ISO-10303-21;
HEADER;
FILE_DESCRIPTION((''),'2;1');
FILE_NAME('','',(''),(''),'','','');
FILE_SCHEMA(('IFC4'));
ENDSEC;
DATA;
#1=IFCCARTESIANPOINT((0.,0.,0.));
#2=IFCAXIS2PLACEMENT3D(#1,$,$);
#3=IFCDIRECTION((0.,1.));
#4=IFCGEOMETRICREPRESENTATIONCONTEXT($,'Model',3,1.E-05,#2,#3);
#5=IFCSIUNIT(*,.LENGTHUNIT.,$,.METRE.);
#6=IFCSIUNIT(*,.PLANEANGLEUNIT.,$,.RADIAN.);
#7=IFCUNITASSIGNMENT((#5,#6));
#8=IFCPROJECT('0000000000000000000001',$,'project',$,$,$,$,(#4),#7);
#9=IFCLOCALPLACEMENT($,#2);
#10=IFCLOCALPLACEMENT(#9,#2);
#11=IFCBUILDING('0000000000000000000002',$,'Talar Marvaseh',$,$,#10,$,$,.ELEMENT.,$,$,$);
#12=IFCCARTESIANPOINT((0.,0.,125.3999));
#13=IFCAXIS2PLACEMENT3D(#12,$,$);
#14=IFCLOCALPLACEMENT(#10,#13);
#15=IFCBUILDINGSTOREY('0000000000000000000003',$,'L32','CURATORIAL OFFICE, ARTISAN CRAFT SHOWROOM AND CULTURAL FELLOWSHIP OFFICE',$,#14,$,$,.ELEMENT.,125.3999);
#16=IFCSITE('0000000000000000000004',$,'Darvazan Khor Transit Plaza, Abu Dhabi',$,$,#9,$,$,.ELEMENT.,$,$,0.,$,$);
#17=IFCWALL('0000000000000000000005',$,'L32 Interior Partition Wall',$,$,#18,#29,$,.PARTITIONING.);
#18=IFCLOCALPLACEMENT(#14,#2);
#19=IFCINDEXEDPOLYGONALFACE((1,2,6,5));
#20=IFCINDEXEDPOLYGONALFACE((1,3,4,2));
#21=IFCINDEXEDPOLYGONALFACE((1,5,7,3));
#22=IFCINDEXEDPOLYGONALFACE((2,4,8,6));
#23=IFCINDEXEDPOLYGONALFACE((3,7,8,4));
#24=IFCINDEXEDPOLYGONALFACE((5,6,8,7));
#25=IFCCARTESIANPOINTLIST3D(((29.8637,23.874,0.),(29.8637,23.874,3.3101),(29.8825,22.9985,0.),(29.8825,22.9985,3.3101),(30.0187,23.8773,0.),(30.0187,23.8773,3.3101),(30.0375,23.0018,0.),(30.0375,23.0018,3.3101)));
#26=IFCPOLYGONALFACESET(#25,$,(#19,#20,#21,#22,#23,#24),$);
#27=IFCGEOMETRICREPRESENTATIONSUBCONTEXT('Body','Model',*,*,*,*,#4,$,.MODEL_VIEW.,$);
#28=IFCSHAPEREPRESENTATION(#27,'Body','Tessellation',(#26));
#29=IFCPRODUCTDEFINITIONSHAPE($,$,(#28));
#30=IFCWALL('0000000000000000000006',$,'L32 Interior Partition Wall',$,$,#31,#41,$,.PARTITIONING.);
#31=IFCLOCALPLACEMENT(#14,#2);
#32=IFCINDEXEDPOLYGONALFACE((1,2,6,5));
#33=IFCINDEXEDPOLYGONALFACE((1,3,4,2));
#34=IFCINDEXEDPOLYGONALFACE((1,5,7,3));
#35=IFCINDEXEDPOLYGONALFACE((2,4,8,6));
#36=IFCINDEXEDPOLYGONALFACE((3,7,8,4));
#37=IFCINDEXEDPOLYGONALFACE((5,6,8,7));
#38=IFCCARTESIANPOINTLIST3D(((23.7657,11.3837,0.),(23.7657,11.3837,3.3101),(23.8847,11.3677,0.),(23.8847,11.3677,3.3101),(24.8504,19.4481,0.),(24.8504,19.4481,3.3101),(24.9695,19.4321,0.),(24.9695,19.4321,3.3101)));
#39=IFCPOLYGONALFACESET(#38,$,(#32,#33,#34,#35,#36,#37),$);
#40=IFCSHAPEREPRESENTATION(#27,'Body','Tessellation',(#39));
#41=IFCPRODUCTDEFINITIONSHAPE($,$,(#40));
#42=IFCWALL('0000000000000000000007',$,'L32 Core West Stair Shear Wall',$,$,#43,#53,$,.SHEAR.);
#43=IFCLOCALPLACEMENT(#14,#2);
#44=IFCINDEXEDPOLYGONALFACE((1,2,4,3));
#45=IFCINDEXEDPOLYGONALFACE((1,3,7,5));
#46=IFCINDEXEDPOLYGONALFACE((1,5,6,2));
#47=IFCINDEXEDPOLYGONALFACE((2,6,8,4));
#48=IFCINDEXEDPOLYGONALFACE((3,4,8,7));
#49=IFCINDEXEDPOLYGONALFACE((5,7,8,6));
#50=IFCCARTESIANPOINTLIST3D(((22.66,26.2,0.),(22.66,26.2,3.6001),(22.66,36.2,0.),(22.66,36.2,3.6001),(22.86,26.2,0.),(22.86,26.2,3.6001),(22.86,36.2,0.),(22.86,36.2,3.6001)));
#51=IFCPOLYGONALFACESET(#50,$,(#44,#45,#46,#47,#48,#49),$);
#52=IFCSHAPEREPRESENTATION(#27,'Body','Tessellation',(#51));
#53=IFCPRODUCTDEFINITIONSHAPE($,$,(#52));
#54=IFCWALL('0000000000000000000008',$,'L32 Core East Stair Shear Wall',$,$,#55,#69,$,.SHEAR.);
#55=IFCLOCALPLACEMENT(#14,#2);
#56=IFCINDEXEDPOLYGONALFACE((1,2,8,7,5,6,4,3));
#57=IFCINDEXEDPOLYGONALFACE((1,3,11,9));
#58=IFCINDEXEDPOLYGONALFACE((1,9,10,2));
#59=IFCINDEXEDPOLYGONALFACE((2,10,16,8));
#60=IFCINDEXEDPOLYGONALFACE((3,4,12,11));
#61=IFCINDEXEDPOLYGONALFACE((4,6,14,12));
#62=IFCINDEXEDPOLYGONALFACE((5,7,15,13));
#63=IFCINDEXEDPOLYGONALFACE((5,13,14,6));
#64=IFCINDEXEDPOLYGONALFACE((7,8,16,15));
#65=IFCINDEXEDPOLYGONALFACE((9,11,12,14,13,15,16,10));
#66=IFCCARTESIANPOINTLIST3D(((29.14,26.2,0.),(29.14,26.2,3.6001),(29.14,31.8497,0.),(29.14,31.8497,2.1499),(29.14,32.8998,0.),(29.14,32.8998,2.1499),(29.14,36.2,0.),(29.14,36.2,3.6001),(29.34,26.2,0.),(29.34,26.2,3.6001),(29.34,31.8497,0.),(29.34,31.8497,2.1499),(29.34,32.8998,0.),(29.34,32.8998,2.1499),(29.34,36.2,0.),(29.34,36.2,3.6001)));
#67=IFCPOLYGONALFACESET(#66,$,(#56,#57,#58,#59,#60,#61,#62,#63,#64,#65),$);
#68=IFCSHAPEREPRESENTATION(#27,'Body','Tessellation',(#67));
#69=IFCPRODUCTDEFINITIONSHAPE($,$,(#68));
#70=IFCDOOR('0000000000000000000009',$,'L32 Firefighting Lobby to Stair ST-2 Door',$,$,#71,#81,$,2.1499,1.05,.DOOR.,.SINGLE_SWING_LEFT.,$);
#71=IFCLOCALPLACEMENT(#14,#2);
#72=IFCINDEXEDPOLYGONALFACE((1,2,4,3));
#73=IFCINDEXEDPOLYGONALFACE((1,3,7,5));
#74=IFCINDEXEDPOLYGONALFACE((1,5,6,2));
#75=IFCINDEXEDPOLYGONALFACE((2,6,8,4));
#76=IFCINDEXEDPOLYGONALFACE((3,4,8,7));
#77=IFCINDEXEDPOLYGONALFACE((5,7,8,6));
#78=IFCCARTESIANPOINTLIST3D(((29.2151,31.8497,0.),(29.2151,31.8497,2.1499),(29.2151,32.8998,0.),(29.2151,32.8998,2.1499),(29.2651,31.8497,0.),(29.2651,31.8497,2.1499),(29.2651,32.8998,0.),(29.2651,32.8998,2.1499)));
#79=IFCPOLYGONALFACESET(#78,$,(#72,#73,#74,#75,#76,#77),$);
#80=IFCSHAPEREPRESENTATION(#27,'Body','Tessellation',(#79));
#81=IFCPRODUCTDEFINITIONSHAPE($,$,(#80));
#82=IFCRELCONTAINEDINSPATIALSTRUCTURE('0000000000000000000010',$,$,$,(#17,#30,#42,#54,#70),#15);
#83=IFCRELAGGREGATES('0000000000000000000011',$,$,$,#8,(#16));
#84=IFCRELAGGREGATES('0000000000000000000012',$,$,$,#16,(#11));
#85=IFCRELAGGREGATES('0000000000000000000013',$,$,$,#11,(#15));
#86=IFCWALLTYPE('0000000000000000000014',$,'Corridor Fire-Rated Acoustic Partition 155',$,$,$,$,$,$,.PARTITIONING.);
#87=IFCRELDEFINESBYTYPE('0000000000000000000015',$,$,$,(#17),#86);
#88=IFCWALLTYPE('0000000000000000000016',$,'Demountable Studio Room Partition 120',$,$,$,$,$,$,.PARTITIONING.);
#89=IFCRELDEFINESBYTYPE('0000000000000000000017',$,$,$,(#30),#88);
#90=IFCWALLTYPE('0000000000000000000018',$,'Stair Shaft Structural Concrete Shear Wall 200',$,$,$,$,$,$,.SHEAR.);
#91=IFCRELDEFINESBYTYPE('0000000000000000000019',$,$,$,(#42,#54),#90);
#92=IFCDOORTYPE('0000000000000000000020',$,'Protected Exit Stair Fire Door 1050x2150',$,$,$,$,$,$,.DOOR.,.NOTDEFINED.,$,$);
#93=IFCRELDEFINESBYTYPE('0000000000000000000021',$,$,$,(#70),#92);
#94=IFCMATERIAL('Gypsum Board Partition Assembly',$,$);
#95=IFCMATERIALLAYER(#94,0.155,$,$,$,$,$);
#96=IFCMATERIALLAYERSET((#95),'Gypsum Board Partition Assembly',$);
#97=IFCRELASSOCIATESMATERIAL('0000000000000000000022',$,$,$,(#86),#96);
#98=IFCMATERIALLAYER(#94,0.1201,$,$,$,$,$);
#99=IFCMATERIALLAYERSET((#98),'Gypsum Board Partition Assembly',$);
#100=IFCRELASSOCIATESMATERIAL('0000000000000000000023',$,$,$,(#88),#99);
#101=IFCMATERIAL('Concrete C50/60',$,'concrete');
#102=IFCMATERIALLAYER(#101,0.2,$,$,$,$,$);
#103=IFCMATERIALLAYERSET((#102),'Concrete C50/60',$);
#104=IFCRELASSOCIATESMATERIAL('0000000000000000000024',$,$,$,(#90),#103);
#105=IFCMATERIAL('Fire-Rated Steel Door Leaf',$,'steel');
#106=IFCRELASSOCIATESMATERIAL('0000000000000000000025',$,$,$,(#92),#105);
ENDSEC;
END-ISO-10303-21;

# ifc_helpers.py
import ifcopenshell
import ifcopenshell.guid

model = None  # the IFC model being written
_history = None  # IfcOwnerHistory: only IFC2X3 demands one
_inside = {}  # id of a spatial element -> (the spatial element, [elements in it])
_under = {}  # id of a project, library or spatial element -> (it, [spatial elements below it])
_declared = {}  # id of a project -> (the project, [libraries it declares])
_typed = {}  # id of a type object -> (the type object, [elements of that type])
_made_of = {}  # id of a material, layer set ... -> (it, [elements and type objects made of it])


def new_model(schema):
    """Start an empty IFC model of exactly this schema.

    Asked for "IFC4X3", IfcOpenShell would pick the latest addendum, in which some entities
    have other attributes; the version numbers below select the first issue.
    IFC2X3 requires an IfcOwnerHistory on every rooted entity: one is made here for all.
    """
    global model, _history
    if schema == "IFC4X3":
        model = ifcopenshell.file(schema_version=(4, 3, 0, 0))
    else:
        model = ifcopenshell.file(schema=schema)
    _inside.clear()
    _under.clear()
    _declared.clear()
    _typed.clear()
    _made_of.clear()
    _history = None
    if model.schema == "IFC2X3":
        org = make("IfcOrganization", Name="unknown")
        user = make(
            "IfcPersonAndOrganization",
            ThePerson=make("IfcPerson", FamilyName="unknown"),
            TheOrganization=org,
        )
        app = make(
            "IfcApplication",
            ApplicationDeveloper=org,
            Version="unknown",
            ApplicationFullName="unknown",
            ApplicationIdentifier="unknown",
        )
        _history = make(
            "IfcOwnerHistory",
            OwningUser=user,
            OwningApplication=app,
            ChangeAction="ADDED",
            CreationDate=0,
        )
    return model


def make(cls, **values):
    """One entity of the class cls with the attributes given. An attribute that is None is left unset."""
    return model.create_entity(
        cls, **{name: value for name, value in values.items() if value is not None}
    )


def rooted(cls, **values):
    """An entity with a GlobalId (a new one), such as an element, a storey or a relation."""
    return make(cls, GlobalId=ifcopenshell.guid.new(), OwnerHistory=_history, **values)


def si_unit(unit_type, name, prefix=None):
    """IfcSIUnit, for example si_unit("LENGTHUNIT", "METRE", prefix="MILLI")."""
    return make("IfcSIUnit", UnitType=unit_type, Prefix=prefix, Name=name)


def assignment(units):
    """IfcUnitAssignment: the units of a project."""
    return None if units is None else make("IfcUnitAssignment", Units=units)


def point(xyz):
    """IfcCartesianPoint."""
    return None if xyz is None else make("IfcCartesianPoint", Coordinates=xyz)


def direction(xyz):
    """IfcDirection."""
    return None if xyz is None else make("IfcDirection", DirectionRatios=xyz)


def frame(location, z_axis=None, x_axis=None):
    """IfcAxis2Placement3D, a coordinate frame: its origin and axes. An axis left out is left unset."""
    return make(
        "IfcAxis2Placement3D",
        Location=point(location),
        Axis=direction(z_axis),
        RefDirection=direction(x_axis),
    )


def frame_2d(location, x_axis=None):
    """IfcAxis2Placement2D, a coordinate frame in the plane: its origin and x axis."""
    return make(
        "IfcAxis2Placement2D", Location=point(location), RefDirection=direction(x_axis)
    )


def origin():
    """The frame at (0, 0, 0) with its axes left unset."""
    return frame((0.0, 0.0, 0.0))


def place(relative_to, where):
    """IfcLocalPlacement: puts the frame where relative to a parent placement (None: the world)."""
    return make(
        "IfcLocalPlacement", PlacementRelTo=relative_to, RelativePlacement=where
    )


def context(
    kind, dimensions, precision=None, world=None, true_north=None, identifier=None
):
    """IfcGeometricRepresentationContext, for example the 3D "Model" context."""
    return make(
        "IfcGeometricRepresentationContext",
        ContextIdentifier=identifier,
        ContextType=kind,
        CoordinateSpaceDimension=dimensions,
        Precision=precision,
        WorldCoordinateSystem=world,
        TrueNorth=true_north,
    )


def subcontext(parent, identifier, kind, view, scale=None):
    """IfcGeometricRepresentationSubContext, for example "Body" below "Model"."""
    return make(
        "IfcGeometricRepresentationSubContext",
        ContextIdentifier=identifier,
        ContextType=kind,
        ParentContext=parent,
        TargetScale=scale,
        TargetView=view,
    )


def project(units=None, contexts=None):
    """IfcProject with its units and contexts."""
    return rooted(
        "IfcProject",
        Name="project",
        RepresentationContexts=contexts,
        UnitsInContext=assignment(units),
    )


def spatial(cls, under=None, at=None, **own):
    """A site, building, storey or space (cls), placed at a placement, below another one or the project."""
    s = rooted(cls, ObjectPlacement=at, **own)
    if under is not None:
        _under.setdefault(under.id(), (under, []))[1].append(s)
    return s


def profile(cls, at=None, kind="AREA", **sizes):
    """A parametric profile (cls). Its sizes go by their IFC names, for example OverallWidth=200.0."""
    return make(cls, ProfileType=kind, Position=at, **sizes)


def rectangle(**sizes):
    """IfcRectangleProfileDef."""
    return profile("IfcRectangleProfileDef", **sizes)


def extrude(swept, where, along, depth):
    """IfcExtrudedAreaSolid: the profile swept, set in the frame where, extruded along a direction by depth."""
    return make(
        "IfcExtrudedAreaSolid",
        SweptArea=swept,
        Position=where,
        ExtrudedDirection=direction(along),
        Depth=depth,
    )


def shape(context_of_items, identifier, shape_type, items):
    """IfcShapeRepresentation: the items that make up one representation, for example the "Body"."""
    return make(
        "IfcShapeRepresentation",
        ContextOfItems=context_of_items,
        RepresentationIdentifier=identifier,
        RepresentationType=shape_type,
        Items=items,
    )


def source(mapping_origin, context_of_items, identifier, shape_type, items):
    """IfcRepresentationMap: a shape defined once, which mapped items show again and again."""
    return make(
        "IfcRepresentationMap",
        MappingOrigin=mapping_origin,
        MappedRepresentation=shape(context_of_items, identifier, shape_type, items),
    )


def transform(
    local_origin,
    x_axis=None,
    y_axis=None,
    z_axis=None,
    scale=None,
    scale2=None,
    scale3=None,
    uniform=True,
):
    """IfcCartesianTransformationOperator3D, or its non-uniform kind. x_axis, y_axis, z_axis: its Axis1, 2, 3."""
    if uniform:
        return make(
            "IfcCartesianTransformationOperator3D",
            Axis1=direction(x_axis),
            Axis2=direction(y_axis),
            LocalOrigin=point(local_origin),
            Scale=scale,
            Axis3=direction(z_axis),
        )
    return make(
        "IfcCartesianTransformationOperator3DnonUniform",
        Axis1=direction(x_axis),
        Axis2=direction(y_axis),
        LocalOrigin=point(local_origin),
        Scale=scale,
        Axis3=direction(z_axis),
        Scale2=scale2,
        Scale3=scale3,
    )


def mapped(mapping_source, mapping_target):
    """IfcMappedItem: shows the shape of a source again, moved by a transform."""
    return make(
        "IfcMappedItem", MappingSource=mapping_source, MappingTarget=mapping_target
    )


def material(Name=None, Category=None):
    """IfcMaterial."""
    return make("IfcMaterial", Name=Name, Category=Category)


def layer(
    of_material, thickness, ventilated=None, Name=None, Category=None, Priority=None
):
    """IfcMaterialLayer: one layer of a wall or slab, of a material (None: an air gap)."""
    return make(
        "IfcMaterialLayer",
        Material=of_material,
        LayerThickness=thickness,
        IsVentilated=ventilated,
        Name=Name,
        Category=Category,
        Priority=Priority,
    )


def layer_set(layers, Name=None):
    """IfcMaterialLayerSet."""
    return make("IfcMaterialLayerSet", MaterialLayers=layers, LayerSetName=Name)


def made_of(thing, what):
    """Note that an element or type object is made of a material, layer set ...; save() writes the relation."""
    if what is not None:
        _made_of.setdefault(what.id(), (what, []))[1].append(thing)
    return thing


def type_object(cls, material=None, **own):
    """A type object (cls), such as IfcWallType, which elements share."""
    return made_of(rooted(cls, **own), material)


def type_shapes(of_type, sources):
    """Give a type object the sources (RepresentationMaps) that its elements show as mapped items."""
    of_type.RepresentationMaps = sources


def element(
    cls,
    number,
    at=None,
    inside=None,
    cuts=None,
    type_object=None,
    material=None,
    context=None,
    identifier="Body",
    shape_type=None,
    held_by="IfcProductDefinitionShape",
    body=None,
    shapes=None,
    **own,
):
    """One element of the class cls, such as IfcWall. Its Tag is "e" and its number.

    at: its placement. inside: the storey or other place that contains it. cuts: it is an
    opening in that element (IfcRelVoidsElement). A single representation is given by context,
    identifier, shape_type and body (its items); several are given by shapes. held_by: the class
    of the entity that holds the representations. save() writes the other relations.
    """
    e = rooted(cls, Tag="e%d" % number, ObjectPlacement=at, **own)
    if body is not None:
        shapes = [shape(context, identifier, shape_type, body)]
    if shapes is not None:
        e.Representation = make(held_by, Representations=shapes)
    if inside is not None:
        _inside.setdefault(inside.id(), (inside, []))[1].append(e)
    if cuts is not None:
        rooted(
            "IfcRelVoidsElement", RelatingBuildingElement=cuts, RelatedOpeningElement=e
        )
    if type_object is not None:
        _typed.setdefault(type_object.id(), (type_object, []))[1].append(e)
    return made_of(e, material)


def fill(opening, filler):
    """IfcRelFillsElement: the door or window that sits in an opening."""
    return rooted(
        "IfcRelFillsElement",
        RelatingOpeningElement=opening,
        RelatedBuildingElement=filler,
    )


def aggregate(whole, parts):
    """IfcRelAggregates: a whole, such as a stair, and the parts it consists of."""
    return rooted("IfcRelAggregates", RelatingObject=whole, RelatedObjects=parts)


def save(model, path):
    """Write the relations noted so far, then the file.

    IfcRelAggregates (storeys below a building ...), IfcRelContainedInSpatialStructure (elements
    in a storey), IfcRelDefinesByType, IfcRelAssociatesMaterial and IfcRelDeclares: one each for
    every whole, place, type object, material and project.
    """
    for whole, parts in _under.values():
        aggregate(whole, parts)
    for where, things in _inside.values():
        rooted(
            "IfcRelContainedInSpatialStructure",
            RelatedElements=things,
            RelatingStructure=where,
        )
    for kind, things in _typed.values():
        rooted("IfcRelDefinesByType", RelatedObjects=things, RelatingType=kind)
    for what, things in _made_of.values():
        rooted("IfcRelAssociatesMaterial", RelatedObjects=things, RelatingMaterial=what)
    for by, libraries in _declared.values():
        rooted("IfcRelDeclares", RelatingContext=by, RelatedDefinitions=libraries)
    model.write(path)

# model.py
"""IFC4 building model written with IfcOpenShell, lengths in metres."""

from ifc_helpers import new_model, si_unit, direction, frame, frame_2d, origin, place, context, subcontext, project, spatial, rectangle, extrude, source, transform, mapped, material, layer, layer_set, type_object, type_shapes, element, fill, save


model = new_model("IFC4")

# Units and contexts
model_context = context("Model", 3, precision=1e-05, world=origin(), true_north=direction((0.0, 1.0)))
body_context = subcontext(model_context, "Body", "Model", "MODEL_VIEW")
ifc_project = project(units=[si_unit("LENGTHUNIT", "METRE"), si_unit("PLANEANGLEUNIT", "RADIAN")], contexts=[model_context])

# Site, building, storey
site_placement = place(None, origin())
site = spatial("IfcSite", under=ifc_project, at=site_placement, Name="Darvazan Khor Transit Plaza, Abu Dhabi", CompositionType="ELEMENT", RefElevation=0.0)
building_placement = place(site_placement, origin())
building = spatial("IfcBuilding", under=site, at=building_placement, Name="Talar Marvaseh", CompositionType="ELEMENT")
storey_placement = place(building_placement, frame((0.0, 0.0, 125.3999)))
storey = spatial("IfcBuildingStorey", under=building, at=storey_placement, Name="L32", Description="CURATORIAL OFFICE, ARTISAN CRAFT SHOWROOM AND CULTURAL FELLOWSHIP OFFICE", CompositionType="ELEMENT", Elevation=125.3999)

# Shared definitions
ifc_material_1 = material(Name="Gypsum Board Partition Assembly")
ifc_layer_1 = layer(ifc_material_1, 0.155)
ifc_layer_set_1 = layer_set([ifc_layer_1], Name="Gypsum Board Partition Assembly")
wall_type_1 = type_object("IfcWallType", Name="Corridor Fire-Rated Acoustic Partition 155", PredefinedType="PARTITIONING", material=ifc_layer_set_1)
ifc_material_2 = material(Name="Fire-Rated Steel Door Leaf", Category="steel")

# Walls
wall_1_placement = place(storey_placement, frame((29.96, 23.0, 0.0), z_axis=(0.0, 0.0, 1.0), x_axis=(-0.021467, 0.99977, 0.0)))
element("IfcWall", 1, at=wall_1_placement, inside=storey, type_object=wall_type_1, Name="L32 Interior Partition Wall", PredefinedType="PARTITIONING", context=body_context, shape_type="SweptSolid", body=[
    extrude(rectangle(XDim=0.8757, YDim=0.155, at=frame_2d((0.438, 0.0))), origin(), (0.0, 0.0, 1.0), 3.3101),
])
ifc_layer_2 = layer(ifc_material_1, 0.1201)
ifc_layer_set_2 = layer_set([ifc_layer_2], Name="Gypsum Board Partition Assembly")
wall_type_2 = type_object("IfcWallType", Name="Demountable Studio Room Partition 120", PredefinedType="PARTITIONING", material=ifc_layer_set_2)
wall_2_placement = place(storey_placement, frame((24.9099, 19.4399, 0.0), z_axis=(0.0, 0.0, 1.0), x_axis=(-0.133305, -0.991075, 0.0)))
element("IfcWall", 2, at=wall_2_placement, inside=storey, type_object=wall_type_2, Name="L32 Interior Partition Wall", PredefinedType="PARTITIONING", context=body_context, shape_type="SweptSolid", body=[
    extrude(rectangle(XDim=8.137, YDim=0.1201, at=frame_2d((4.0684, 0.0))), origin(), (0.0, 0.0, 1.0), 3.3101),
])
ifc_material_3 = material(Name="Concrete C50/60", Category="concrete")
ifc_layer_3 = layer(ifc_material_3, 0.2)
ifc_layer_set_3 = layer_set([ifc_layer_3], Name="Concrete C50/60")
wall_type_3 = type_object("IfcWallType", Name="Stair Shaft Structural Concrete Shear Wall 200", PredefinedType="SHEAR", material=ifc_layer_set_3)
wall_3_placement = place(storey_placement, frame((22.76, 26.2, 0.0), z_axis=(0.0, 0.0, 1.0), x_axis=(0.0, 1.0, 0.0)))
element("IfcWall", 3, at=wall_3_placement, inside=storey, type_object=wall_type_3, Name="L32 Core West Stair Shear Wall", PredefinedType="SHEAR", context=body_context, shape_type="SweptSolid", body=[
    extrude(rectangle(XDim=10.0, YDim=0.2, at=frame_2d((5.0, 0.0))), origin(), (0.0, 0.0, 1.0), 3.6001),
])

# Wall, opening, door
wall_4_placement = place(storey_placement, frame((29.24, 26.2, 0.0), z_axis=(0.0, 0.0, 1.0), x_axis=(0.0, 1.0, 0.0)))
wall_4 = element("IfcWall", 4, at=wall_4_placement, inside=storey, type_object=wall_type_3, Name="L32 Core East Stair Shear Wall", PredefinedType="SHEAR", context=body_context, shape_type="SweptSolid", body=[
    extrude(rectangle(XDim=10.0, YDim=0.2, at=frame_2d((5.0, 0.0))), origin(), (0.0, 0.0, 1.0), 3.6001),
])
opening_1_placement = place(wall_4_placement, frame((5.6499, 0.0, 0.0)))
opening_1 = element("IfcOpeningElement", 5, at=opening_1_placement, cuts=wall_4, PredefinedType="OPENING", context=body_context, shape_type="SweptSolid", body=[
    extrude(rectangle(XDim=1.05, YDim=2.1499, at=frame_2d((0.5249, 1.075))), frame((0.0, 0.1099, 0.0), z_axis=(0.0, -1.0, 0.0), x_axis=(1.0, 0.0, 0.0)), (0.0, 0.0, 1.0), 0.22),
])
door_type_1 = type_object("IfcDoorType", Name="Protected Exit Stair Fire Door 1050x2150", OperationType="NOTDEFINED", PredefinedType="DOOR", material=ifc_material_2)
shared_shape_1 = source(origin(), body_context, "Body", "SweptSolid", [
    extrude(rectangle(XDim=1.05, YDim=2.1499, at=frame_2d((0.5249, 1.075))), frame((0.0, 0.0249, 0.0), z_axis=(0.0, -1.0, 0.0), x_axis=(1.0, 0.0, 0.0)), (0.0, 0.0, 1.0), 0.05),
])
type_shapes(door_type_1, [shared_shape_1])
door_1_placement = place(opening_1_placement, origin())
door_1 = element("IfcDoor", 6, at=door_1_placement, inside=storey, type_object=door_type_1, Name="L32 Firefighting Lobby to Stair ST-2 Door", OperationType="SINGLE_SWING_LEFT", OverallHeight=2.1499, OverallWidth=1.05, PredefinedType="DOOR", context=body_context, shape_type="MappedRepresentation", body=[
    mapped(shared_shape_1, transform((0.0, 0.0, 0.0), x_axis=(1.0, 0.0, 0.0), y_axis=(0.0, 1.0, 0.0), z_axis=(0.0, 0.0, 1.0), scale=1.0)),
])
fill(opening_1, door_1)

save(model, "model.ifc")
